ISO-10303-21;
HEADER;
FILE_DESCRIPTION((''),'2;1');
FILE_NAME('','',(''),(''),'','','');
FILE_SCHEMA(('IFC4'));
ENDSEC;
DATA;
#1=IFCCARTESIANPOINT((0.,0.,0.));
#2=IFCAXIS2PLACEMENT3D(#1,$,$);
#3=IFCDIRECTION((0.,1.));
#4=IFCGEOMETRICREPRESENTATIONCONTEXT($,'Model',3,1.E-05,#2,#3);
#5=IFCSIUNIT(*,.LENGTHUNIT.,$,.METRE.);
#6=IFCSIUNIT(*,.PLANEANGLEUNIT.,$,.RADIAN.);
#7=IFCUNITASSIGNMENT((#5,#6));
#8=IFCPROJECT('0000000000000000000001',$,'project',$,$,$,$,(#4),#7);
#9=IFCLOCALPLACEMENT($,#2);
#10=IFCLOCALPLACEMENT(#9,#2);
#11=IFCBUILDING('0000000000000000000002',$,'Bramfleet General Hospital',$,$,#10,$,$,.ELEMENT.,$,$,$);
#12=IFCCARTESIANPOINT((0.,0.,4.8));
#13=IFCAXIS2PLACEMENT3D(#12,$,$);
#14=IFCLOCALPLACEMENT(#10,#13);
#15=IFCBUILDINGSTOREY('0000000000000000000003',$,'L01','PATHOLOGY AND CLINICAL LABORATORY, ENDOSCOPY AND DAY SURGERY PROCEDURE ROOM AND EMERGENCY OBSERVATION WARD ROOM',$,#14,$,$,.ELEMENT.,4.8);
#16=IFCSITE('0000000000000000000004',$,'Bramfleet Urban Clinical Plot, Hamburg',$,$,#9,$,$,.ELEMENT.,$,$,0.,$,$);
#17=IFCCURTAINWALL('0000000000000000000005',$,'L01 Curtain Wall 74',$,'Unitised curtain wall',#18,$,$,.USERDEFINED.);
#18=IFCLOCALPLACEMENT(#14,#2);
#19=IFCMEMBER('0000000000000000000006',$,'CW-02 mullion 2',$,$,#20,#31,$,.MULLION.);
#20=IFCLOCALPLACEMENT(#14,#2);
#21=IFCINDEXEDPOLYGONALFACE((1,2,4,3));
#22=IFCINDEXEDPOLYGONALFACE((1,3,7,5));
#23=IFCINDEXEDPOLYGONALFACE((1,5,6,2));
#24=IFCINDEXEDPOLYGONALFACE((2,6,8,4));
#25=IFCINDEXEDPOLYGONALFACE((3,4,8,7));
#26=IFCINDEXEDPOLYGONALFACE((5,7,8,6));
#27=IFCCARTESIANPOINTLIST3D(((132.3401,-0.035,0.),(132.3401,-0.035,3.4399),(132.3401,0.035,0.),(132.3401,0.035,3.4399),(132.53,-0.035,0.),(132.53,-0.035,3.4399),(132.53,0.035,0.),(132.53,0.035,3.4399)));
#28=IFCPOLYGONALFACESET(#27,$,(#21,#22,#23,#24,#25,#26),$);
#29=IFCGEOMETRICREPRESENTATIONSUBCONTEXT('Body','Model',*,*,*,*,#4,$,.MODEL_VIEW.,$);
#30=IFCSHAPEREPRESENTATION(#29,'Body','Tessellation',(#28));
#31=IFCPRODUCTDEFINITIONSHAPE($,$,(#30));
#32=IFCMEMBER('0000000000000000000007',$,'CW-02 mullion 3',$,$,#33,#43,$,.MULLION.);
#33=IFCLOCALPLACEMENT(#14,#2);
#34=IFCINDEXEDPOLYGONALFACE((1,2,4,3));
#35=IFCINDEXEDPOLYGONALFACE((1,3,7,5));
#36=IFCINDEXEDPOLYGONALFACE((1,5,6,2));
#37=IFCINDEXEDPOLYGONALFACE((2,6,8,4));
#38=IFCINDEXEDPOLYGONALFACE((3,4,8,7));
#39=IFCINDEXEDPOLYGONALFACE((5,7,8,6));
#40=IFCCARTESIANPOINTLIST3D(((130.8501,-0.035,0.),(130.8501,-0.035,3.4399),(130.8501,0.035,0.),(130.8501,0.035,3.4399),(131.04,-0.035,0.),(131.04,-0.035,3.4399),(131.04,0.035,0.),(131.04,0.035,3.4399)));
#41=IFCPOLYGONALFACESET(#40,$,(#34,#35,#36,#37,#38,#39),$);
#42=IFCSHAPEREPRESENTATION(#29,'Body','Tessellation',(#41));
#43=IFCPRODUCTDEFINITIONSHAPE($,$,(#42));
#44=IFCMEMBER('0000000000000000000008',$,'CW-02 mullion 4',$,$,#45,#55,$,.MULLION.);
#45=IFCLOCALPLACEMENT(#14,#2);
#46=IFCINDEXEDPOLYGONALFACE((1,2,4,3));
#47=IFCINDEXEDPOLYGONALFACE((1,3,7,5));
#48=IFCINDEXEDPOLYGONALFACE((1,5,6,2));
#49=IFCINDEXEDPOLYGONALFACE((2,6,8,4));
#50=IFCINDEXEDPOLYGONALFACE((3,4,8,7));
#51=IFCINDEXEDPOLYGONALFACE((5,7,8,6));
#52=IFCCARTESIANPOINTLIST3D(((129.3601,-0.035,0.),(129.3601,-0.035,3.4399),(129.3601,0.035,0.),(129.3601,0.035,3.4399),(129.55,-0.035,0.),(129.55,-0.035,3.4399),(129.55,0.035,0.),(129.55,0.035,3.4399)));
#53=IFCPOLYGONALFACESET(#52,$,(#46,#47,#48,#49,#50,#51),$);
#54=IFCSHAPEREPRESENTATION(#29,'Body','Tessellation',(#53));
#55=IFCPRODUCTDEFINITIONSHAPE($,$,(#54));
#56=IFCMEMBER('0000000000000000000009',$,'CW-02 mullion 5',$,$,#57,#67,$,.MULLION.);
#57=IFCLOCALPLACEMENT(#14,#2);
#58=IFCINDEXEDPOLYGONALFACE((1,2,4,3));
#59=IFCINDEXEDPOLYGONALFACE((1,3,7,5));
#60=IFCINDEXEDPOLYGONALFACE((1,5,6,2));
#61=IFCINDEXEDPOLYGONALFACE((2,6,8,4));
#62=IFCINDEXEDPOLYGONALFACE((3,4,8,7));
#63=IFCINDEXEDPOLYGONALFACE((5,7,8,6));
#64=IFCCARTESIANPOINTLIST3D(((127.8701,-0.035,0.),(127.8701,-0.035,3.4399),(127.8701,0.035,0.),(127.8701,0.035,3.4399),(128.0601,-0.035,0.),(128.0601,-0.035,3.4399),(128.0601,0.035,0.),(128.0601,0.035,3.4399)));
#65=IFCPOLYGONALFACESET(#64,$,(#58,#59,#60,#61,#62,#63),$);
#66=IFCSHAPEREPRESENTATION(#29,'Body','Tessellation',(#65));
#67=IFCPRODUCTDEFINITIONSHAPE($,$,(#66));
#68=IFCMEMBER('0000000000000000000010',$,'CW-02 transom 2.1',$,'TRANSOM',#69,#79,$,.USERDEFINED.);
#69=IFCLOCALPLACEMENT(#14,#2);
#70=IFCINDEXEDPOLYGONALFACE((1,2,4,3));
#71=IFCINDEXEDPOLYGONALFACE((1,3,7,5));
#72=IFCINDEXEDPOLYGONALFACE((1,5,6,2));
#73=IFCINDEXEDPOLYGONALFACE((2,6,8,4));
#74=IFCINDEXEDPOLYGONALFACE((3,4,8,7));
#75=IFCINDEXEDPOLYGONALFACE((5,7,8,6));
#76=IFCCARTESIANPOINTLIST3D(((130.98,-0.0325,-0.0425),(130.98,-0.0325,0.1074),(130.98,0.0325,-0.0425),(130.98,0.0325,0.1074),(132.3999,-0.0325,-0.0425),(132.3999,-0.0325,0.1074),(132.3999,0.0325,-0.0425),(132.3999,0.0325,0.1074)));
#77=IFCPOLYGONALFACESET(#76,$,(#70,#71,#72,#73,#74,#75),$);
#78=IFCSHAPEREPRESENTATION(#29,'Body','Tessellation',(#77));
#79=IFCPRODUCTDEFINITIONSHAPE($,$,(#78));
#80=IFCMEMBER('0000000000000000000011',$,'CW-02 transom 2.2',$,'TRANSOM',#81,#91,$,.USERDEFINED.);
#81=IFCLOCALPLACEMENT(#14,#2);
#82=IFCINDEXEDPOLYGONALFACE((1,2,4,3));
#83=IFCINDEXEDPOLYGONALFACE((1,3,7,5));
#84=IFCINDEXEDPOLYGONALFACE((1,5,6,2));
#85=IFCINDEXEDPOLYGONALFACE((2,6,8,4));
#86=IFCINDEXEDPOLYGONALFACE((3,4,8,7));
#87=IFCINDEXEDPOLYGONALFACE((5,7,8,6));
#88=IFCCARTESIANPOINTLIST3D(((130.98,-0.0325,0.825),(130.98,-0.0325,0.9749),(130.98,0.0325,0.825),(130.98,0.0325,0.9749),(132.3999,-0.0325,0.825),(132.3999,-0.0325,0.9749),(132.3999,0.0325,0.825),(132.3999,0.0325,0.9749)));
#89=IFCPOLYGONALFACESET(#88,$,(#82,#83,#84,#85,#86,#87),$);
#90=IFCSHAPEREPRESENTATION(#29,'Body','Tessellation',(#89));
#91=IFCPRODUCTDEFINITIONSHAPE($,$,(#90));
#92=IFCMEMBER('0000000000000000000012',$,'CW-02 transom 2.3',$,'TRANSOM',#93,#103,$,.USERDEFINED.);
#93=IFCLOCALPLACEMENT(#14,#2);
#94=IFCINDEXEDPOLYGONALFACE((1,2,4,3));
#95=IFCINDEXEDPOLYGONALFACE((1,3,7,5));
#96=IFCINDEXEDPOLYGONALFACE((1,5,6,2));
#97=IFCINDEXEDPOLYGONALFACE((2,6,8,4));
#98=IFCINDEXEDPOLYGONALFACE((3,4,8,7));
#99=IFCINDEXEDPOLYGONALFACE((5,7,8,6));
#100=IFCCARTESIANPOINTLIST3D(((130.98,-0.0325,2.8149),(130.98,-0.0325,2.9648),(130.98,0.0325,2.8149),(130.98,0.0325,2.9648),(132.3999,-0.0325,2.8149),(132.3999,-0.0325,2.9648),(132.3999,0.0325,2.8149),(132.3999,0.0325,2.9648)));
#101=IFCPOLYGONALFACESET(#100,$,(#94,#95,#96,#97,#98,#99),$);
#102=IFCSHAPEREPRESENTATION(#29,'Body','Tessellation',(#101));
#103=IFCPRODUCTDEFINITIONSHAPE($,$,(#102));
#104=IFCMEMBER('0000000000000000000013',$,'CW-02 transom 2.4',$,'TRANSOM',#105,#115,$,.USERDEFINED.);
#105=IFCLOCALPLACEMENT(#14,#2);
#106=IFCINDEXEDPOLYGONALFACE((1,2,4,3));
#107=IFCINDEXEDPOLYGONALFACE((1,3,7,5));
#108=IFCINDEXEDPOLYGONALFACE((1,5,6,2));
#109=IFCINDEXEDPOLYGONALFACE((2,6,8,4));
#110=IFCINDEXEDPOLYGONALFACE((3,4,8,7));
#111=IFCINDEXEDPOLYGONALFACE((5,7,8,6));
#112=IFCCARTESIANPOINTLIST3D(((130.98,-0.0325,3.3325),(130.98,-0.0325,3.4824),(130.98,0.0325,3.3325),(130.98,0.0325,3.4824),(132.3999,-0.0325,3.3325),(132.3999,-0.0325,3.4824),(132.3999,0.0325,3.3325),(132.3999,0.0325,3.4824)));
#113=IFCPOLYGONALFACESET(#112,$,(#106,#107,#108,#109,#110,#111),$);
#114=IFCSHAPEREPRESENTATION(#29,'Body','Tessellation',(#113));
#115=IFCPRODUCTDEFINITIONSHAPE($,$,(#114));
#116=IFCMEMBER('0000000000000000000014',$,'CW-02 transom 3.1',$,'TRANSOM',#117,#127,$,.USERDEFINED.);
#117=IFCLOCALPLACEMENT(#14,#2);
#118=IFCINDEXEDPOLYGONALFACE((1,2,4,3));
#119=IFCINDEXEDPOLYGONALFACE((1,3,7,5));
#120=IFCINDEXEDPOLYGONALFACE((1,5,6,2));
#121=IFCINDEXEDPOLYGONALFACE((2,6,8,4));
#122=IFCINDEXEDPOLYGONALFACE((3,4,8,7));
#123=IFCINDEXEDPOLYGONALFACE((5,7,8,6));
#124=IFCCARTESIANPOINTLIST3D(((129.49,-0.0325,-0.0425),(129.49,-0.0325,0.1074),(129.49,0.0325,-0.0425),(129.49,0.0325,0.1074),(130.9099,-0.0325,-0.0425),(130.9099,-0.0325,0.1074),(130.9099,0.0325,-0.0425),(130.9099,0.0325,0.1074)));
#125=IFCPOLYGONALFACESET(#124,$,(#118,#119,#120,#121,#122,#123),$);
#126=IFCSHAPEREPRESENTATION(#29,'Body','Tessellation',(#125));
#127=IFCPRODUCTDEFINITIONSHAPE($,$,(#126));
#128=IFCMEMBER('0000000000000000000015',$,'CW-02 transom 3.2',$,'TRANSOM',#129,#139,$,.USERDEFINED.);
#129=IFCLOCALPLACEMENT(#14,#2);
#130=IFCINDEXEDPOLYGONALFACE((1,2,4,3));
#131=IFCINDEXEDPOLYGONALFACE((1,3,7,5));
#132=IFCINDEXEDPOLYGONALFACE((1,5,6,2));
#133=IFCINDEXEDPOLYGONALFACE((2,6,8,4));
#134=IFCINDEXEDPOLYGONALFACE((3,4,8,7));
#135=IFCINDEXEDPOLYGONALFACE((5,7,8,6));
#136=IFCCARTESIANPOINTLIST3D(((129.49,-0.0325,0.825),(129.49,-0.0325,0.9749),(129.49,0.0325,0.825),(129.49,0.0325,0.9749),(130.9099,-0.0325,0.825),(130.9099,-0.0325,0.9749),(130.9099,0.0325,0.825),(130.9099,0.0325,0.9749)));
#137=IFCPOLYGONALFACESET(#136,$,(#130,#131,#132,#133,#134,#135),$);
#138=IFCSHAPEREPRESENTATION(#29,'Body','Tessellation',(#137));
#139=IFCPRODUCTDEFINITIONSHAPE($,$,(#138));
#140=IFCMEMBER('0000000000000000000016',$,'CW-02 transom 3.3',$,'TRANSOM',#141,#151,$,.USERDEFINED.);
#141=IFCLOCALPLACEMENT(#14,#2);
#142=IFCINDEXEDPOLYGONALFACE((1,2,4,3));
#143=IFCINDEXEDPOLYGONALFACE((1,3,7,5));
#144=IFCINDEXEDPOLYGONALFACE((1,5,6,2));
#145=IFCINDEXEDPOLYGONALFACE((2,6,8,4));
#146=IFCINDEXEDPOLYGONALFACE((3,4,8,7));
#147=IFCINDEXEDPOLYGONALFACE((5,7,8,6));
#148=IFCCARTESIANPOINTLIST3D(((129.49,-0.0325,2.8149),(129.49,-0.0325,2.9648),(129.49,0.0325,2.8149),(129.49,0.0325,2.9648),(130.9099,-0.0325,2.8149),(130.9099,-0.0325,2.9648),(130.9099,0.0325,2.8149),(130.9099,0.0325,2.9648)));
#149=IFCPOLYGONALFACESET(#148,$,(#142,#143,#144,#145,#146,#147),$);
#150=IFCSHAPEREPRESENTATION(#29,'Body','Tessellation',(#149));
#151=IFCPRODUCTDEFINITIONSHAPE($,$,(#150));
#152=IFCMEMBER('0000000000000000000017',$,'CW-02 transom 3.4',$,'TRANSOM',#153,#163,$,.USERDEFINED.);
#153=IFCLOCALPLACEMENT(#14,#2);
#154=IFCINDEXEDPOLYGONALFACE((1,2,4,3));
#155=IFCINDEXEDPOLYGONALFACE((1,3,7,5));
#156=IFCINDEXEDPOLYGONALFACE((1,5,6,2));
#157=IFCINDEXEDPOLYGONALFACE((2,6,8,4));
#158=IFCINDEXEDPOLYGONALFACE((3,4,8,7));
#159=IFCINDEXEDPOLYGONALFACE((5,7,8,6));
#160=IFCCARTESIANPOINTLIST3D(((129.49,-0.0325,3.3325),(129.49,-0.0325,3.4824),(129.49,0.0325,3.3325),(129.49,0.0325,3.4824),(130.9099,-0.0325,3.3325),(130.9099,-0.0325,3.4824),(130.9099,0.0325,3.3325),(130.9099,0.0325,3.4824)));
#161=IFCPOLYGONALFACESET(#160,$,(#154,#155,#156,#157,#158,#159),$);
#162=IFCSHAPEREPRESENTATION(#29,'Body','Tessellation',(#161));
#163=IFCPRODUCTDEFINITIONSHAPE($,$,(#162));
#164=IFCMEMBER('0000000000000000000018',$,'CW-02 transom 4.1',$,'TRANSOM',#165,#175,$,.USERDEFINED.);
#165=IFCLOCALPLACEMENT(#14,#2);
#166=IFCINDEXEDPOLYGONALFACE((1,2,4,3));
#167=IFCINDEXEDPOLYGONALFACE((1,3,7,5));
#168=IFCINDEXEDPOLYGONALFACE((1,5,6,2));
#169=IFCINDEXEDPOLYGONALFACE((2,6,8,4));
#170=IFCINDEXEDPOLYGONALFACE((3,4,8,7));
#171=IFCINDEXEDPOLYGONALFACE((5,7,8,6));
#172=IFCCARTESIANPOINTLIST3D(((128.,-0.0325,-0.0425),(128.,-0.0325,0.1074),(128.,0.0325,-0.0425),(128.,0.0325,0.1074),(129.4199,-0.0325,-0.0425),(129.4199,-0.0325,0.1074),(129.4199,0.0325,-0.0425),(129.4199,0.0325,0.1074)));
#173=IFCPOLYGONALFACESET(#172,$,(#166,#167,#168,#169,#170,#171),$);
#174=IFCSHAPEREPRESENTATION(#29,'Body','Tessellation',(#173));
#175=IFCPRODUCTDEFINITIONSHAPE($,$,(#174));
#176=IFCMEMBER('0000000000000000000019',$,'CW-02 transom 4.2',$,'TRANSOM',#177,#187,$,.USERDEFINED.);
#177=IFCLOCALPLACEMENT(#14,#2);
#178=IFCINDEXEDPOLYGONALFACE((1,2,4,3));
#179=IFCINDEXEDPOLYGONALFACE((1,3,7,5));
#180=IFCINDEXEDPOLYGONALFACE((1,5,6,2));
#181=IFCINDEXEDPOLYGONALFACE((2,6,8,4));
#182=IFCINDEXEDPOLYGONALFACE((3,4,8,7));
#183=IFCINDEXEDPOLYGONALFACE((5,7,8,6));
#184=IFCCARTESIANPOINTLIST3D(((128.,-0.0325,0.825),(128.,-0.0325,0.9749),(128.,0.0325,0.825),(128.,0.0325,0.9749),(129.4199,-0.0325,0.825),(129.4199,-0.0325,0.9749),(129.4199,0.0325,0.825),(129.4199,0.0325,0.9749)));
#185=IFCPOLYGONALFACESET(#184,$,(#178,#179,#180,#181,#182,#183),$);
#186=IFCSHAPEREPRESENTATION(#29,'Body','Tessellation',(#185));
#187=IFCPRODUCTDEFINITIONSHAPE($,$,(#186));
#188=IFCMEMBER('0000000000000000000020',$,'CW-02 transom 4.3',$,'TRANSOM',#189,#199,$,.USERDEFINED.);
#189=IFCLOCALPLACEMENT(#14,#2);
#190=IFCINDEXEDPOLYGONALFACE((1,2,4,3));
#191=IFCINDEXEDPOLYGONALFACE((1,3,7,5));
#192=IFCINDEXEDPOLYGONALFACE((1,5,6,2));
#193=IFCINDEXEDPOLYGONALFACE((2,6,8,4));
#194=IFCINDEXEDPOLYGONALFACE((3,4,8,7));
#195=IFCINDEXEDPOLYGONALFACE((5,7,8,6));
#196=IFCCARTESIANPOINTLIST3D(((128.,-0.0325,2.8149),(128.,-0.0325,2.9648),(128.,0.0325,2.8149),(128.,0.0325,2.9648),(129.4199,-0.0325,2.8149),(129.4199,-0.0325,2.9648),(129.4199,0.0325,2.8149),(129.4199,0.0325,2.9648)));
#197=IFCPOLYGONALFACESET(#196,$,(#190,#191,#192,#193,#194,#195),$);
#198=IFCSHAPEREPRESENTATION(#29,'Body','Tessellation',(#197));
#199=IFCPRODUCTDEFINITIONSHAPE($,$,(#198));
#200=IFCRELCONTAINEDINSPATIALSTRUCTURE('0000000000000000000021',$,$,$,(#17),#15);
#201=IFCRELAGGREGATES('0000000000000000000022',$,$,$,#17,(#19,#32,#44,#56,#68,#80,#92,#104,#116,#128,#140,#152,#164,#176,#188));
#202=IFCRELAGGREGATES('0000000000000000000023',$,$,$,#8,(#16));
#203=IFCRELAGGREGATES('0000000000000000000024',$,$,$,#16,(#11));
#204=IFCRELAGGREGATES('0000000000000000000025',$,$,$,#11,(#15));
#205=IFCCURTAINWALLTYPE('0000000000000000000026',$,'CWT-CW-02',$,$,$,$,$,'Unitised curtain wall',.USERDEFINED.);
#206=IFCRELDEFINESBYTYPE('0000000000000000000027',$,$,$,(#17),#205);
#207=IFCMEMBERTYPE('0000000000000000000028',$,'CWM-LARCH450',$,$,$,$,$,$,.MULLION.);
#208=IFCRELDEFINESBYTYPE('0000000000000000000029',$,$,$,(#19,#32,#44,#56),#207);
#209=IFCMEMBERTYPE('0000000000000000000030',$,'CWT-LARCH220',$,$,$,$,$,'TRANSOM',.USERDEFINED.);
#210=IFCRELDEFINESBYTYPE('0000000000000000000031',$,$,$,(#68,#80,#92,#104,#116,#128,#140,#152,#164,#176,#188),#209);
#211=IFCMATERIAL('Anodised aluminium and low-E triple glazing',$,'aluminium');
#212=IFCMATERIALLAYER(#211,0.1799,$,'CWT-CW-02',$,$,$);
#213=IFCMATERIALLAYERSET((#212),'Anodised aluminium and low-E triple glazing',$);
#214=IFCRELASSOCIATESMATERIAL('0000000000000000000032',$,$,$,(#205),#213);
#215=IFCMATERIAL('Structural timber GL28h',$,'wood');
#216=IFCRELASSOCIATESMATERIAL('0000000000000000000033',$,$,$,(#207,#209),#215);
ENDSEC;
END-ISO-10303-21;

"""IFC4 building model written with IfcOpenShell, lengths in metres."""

from ifc_helpers import new_model, si_unit, direction, frame, origin, origin_2d, place, context, subcontext, project, spatial, rectangle, extrude, material, layer, layer_set, material_profile, profile_set, type_object, element, aggregate, save


model = new_model("IFC4")

# Units and contexts
model_context = context("Model", 3, precision=1e-05, world=origin(), true_north=direction((0.0, 1.0)))
body_context = subcontext(model_context, "Body", "Model", "MODEL_VIEW")
ifc_project = project(units=[si_unit("LENGTHUNIT", "METRE"), si_unit("PLANEANGLEUNIT", "RADIAN")], contexts=[model_context])

# Site, building, storey
site_placement = place(None, origin())
site = spatial("IfcSite", under=ifc_project, at=site_placement, Name="Bramfleet Urban Clinical Plot, Hamburg", CompositionType="ELEMENT", RefElevation=0.0)
building_placement = place(site_placement, origin())
building = spatial("IfcBuilding", under=site, at=building_placement, Name="Bramfleet General Hospital", CompositionType="ELEMENT")
storey_placement = place(building_placement, frame((0.0, 0.0, 4.8)))
storey = spatial("IfcBuildingStorey", under=building, at=storey_placement, Name="L01", Description="PATHOLOGY AND CLINICAL LABORATORY, ENDOSCOPY AND DAY SURGERY PROCEDURE ROOM AND EMERGENCY OBSERVATION WARD ROOM", CompositionType="ELEMENT", Elevation=4.8)

# Curtain wall, members
ifc_material_1 = material(Name="Anodised aluminium and low-E triple glazing", Category="aluminium")
ifc_layer_1 = layer(ifc_material_1, 0.1799, Name="CWT-CW-02")
ifc_layer_set_1 = layer_set([ifc_layer_1], Name="Anodised aluminium and low-E triple glazing")
curtain_wall_type = type_object("IfcCurtainWallType", Name="CWT-CW-02", ElementType="Unitised curtain wall", PredefinedType="USERDEFINED", material=ifc_layer_set_1)
curtain_wall_placement = place(storey_placement, origin())
curtain_wall = element("IfcCurtainWall", 1, at=curtain_wall_placement, inside=storey, type_object=curtain_wall_type, Name="L01 Curtain Wall 74", ObjectType="Unitised curtain wall", PredefinedType="USERDEFINED")
ifc_material_2 = material(Name="Structural timber GL28h", Category="wood")
ifc_material_profile_1 = material_profile(ifc_material_2, rectangle(XDim=0.0701, YDim=0.1899, at=origin_2d()), Name="LARCH 190x70")
ifc_profile_set_1 = profile_set([ifc_material_profile_1], Name="Structural timber GL28h")
member_type_1 = type_object("IfcMemberType", Name="CWM-LARCH450", PredefinedType="MULLION", material=ifc_profile_set_1)
member_1_placement = place(storey_placement, frame((132.4351, 0.0, 0.0), z_axis=(0.0, 0.0, 1.0), x_axis=(0.0, -1.0, 0.0)))
member_1 = element("IfcMember", 2, at=member_1_placement, type_object=member_type_1, Name="CW-02 mullion 2", PredefinedType="MULLION", context=body_context, shape_type="SweptSolid", body=[
    extrude(rectangle(XDim=0.0701, YDim=0.1899, at=origin_2d()), origin(), (0.0, 0.0, 1.0), 3.4399),
])
member_2_placement = place(storey_placement, frame((130.9451, 0.0, 0.0), z_axis=(0.0, 0.0, 1.0), x_axis=(0.0, -1.0, 0.0)))
member_2 = element("IfcMember", 3, at=member_2_placement, type_object=member_type_1, Name="CW-02 mullion 3", PredefinedType="MULLION", context=body_context, shape_type="SweptSolid", body=[
    extrude(rectangle(XDim=0.0701, YDim=0.1899, at=origin_2d()), origin(), (0.0, 0.0, 1.0), 3.4399),
])
member_3_placement = place(storey_placement, frame((129.4551, 0.0, 0.0), z_axis=(0.0, 0.0, 1.0), x_axis=(0.0, -1.0, 0.0)))
member_3 = element("IfcMember", 4, at=member_3_placement, type_object=member_type_1, Name="CW-02 mullion 4", PredefinedType="MULLION", context=body_context, shape_type="SweptSolid", body=[
    extrude(rectangle(XDim=0.0701, YDim=0.1899, at=origin_2d()), origin(), (0.0, 0.0, 1.0), 3.4399),
])
member_4_placement = place(storey_placement, frame((127.9651, 0.0, 0.0), z_axis=(0.0, 0.0, 1.0), x_axis=(0.0, -1.0, 0.0)))
member_4 = element("IfcMember", 5, at=member_4_placement, type_object=member_type_1, Name="CW-02 mullion 5", PredefinedType="MULLION", context=body_context, shape_type="SweptSolid", body=[
    extrude(rectangle(XDim=0.0701, YDim=0.1899, at=origin_2d()), origin(), (0.0, 0.0, 1.0), 3.4399),
])
ifc_material_profile_2 = material_profile(ifc_material_2, rectangle(XDim=0.0649, YDim=0.1499, at=origin_2d()), Name="LARCH 150x65")
ifc_profile_set_2 = profile_set([ifc_material_profile_2], Name="Structural timber GL28h")
member_type_2 = type_object("IfcMemberType", Name="CWT-LARCH220", ElementType="TRANSOM", PredefinedType="USERDEFINED", material=ifc_profile_set_2)
member_5_placement = place(storey_placement, frame((132.3999, 0.0, 0.0325), z_axis=(-1.0, 0.0, 0.0), x_axis=(0.0, -1.0, 0.0)))
member_5 = element("IfcMember", 6, at=member_5_placement, type_object=member_type_2, Name="CW-02 transom 2.1", ObjectType="TRANSOM", PredefinedType="USERDEFINED", context=body_context, shape_type="SweptSolid", body=[
    extrude(rectangle(XDim=0.0649, YDim=0.1499, at=origin_2d()), origin(), (0.0, 0.0, 1.0), 1.4199),
])
member_6_placement = place(storey_placement, frame((132.3999, 0.0, 0.8999), z_axis=(-1.0, 0.0, 0.0), x_axis=(0.0, -1.0, 0.0)))
member_6 = element("IfcMember", 7, at=member_6_placement, type_object=member_type_2, Name="CW-02 transom 2.2", ObjectType="TRANSOM", PredefinedType="USERDEFINED", context=body_context, shape_type="SweptSolid", body=[
    extrude(rectangle(XDim=0.0649, YDim=0.1499, at=origin_2d()), origin(), (0.0, 0.0, 1.0), 1.4199),
])
member_7_placement = place(storey_placement, frame((132.3999, 0.0, 2.8899), z_axis=(-1.0, 0.0, 0.0), x_axis=(0.0, -1.0, 0.0)))
member_7 = element("IfcMember", 8, at=member_7_placement, type_object=member_type_2, Name="CW-02 transom 2.3", ObjectType="TRANSOM", PredefinedType="USERDEFINED", context=body_context, shape_type="SweptSolid", body=[
    extrude(rectangle(XDim=0.0649, YDim=0.1499, at=origin_2d()), origin(), (0.0, 0.0, 1.0), 1.4199),
])
member_8_placement = place(storey_placement, frame((132.3999, 0.0, 3.4075), z_axis=(-1.0, 0.0, 0.0), x_axis=(0.0, -1.0, 0.0)))
member_8 = element("IfcMember", 9, at=member_8_placement, type_object=member_type_2, Name="CW-02 transom 2.4", ObjectType="TRANSOM", PredefinedType="USERDEFINED", context=body_context, shape_type="SweptSolid", body=[
    extrude(rectangle(XDim=0.0649, YDim=0.1499, at=origin_2d()), origin(), (0.0, 0.0, 1.0), 1.4199),
])
member_9_placement = place(storey_placement, frame((130.9099, 0.0, 0.0325), z_axis=(-1.0, 0.0, 0.0), x_axis=(0.0, -1.0, 0.0)))
member_9 = element("IfcMember", 10, at=member_9_placement, type_object=member_type_2, Name="CW-02 transom 3.1", ObjectType="TRANSOM", PredefinedType="USERDEFINED", context=body_context, shape_type="SweptSolid", body=[
    extrude(rectangle(XDim=0.0649, YDim=0.1499, at=origin_2d()), origin(), (0.0, 0.0, 1.0), 1.4199),
])
member_10_placement = place(storey_placement, frame((130.9099, 0.0, 0.8999), z_axis=(-1.0, 0.0, 0.0), x_axis=(0.0, -1.0, 0.0)))
member_10 = element("IfcMember", 11, at=member_10_placement, type_object=member_type_2, Name="CW-02 transom 3.2", ObjectType="TRANSOM", PredefinedType="USERDEFINED", context=body_context, shape_type="SweptSolid", body=[
    extrude(rectangle(XDim=0.0649, YDim=0.1499, at=origin_2d()), origin(), (0.0, 0.0, 1.0), 1.4199),
])
member_11_placement = place(storey_placement, frame((130.9099, 0.0, 2.8899), z_axis=(-1.0, 0.0, 0.0), x_axis=(0.0, -1.0, 0.0)))
member_11 = element("IfcMember", 12, at=member_11_placement, type_object=member_type_2, Name="CW-02 transom 3.3", ObjectType="TRANSOM", PredefinedType="USERDEFINED", context=body_context, shape_type="SweptSolid", body=[
    extrude(rectangle(XDim=0.0649, YDim=0.1499, at=origin_2d()), origin(), (0.0, 0.0, 1.0), 1.4199),
])
member_12_placement = place(storey_placement, frame((130.9099, 0.0, 3.4075), z_axis=(-1.0, 0.0, 0.0), x_axis=(0.0, -1.0, 0.0)))
member_12 = element("IfcMember", 13, at=member_12_placement, type_object=member_type_2, Name="CW-02 transom 3.4", ObjectType="TRANSOM", PredefinedType="USERDEFINED", context=body_context, shape_type="SweptSolid", body=[
    extrude(rectangle(XDim=0.0649, YDim=0.1499, at=origin_2d()), origin(), (0.0, 0.0, 1.0), 1.4199),
])
member_13_placement = place(storey_placement, frame((129.4199, 0.0, 0.0325), z_axis=(-1.0, 0.0, 0.0), x_axis=(0.0, -1.0, 0.0)))
member_13 = element("IfcMember", 14, at=member_13_placement, type_object=member_type_2, Name="CW-02 transom 4.1", ObjectType="TRANSOM", PredefinedType="USERDEFINED", context=body_context, shape_type="SweptSolid", body=[
    extrude(rectangle(XDim=0.0649, YDim=0.1499, at=origin_2d()), origin(), (0.0, 0.0, 1.0), 1.4199),
])
member_14_placement = place(storey_placement, frame((129.4199, 0.0, 0.8999), z_axis=(-1.0, 0.0, 0.0), x_axis=(0.0, -1.0, 0.0)))
member_14 = element("IfcMember", 15, at=member_14_placement, type_object=member_type_2, Name="CW-02 transom 4.2", ObjectType="TRANSOM", PredefinedType="USERDEFINED", context=body_context, shape_type="SweptSolid", body=[
    extrude(rectangle(XDim=0.0649, YDim=0.1499, at=origin_2d()), origin(), (0.0, 0.0, 1.0), 1.4199),
])
member_15_placement = place(storey_placement, frame((129.4199, 0.0, 2.8899), z_axis=(-1.0, 0.0, 0.0), x_axis=(0.0, -1.0, 0.0)))
member_15 = element("IfcMember", 16, at=member_15_placement, type_object=member_type_2, Name="CW-02 transom 4.3", ObjectType="TRANSOM", PredefinedType="USERDEFINED", context=body_context, shape_type="SweptSolid", body=[
    extrude(rectangle(XDim=0.0649, YDim=0.1499, at=origin_2d()), origin(), (0.0, 0.0, 1.0), 1.4199),
])
aggregate(curtain_wall, [member_1, member_2, member_3, member_4, member_5, member_6, member_7, member_8, member_9, member_10, member_11, member_12, member_13, member_14, member_15])

save(model, "model.ifc")
